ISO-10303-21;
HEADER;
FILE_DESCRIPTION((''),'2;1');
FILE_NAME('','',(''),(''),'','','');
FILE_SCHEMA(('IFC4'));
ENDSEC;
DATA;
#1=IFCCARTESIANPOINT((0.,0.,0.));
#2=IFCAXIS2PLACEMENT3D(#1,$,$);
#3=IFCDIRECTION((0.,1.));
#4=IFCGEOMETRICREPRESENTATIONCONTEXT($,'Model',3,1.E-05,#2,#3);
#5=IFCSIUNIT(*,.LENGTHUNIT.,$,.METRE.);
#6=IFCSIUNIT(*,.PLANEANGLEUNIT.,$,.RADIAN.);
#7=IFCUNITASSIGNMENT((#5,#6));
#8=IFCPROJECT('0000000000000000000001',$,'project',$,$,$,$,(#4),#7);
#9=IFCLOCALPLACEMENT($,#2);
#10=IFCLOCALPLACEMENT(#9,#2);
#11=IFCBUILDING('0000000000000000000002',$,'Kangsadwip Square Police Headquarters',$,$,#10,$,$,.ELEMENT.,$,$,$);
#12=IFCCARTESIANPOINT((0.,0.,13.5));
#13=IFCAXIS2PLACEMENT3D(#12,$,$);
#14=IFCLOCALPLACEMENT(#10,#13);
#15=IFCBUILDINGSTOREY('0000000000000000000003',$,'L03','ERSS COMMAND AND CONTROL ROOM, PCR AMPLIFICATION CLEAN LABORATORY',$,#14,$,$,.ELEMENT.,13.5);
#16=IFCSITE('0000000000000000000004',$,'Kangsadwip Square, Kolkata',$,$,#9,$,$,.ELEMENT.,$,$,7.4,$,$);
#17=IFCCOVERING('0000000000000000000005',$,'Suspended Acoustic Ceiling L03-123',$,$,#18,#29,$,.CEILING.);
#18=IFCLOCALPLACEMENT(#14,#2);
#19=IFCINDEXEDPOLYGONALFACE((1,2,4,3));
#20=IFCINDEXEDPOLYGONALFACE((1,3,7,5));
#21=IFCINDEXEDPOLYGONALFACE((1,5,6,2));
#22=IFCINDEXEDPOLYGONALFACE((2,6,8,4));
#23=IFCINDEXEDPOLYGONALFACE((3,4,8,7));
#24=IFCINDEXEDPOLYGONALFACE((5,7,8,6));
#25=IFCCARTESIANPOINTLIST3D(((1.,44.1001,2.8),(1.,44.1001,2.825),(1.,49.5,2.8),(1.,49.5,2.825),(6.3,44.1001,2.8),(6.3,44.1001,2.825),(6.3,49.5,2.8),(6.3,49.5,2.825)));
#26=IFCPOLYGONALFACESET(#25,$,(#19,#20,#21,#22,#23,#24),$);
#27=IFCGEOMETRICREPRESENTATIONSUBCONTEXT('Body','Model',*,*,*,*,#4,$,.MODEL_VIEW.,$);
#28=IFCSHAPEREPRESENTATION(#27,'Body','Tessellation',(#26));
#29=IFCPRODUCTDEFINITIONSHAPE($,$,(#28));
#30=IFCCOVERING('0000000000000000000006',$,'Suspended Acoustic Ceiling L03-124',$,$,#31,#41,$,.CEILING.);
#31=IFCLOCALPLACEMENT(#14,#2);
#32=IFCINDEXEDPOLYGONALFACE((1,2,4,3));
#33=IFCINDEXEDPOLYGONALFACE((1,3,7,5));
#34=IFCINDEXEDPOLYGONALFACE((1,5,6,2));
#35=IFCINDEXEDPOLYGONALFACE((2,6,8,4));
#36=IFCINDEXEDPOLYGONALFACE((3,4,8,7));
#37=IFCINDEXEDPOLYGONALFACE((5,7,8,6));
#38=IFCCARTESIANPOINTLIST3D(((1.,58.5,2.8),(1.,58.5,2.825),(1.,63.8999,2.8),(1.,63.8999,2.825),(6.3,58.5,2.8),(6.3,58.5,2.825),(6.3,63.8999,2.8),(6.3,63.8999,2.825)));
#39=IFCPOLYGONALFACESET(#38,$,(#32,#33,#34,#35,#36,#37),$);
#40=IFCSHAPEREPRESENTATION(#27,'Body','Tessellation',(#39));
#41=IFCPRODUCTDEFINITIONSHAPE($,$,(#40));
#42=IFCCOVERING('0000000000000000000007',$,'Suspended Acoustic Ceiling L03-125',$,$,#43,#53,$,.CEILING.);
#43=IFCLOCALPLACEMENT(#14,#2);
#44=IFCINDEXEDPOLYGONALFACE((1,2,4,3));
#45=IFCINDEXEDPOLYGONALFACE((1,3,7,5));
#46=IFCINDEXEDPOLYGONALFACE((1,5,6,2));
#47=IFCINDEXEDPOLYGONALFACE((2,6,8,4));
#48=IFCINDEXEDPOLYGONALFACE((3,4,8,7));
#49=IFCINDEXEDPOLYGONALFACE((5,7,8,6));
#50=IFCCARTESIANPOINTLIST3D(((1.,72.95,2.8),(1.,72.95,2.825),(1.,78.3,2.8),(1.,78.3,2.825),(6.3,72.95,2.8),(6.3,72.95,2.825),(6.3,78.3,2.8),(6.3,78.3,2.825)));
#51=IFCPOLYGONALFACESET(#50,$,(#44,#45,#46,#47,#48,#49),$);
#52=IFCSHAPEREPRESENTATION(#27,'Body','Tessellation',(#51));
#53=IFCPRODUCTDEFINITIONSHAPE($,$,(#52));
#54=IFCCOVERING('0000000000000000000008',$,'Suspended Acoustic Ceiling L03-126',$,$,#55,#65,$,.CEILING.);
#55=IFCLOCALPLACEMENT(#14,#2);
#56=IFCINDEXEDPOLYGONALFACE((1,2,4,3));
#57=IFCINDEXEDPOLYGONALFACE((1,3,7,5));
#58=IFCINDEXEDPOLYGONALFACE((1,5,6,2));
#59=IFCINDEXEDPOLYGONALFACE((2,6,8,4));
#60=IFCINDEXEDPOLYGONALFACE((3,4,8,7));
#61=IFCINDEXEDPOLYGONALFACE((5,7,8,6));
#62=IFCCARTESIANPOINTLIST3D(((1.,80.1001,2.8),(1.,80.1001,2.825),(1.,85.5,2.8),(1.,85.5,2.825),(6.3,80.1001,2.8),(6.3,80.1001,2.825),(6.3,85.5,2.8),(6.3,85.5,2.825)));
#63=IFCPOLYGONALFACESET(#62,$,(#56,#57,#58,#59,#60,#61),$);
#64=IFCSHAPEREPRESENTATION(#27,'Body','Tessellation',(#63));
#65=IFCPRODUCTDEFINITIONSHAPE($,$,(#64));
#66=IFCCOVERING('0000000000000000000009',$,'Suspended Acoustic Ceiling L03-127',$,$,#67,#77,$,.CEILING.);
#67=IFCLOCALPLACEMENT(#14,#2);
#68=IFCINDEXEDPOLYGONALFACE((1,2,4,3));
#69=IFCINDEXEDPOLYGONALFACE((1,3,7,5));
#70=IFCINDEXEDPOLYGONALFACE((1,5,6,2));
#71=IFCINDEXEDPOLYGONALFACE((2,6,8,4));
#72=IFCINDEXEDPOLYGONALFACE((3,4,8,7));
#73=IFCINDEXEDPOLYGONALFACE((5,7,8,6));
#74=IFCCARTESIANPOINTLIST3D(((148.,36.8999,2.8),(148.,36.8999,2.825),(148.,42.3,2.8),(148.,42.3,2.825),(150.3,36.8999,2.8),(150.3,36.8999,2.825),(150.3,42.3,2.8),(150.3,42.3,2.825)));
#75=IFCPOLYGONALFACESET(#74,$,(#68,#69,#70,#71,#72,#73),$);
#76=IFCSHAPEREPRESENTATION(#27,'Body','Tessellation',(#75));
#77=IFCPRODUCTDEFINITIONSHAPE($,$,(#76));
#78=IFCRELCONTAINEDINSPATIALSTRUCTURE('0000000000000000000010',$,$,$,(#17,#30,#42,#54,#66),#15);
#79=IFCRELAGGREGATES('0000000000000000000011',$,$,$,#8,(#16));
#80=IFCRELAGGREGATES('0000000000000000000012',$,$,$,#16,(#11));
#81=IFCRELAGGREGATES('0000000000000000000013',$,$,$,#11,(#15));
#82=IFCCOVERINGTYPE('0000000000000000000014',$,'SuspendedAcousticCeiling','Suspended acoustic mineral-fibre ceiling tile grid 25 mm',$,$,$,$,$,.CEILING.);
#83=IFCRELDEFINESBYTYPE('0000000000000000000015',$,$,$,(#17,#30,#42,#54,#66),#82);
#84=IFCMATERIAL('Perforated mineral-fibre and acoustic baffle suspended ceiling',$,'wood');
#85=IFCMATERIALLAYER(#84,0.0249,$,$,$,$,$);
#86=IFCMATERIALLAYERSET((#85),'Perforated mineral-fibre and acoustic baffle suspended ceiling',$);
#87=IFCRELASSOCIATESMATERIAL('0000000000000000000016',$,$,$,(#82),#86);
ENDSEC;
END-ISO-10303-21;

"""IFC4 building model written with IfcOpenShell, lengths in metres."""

from ifc_helpers import new_model, si_unit, direction, frame, origin, place, context, subcontext, project, spatial, polyline, outline, extrude, material, layer, layer_set, type_object, element, save


model = new_model("IFC4")

# Units and contexts
model_context = context("Model", 3, precision=1e-05, world=origin(), true_north=direction((0.0, 1.0)))
body_context = subcontext(model_context, "Body", "Model", "MODEL_VIEW")
ifc_project = project(units=[si_unit("LENGTHUNIT", "METRE"), si_unit("PLANEANGLEUNIT", "RADIAN")], contexts=[model_context])

# Site, building, storey
site_placement = place(None, origin())
site = spatial("IfcSite", under=ifc_project, at=site_placement, Name="Kangsadwip Square, Kolkata", CompositionType="ELEMENT", RefElevation=7.4)
building_placement = place(site_placement, origin())
building = spatial("IfcBuilding", under=site, at=building_placement, Name="Kangsadwip Square Police Headquarters", CompositionType="ELEMENT")
storey_placement = place(building_placement, frame((0.0, 0.0, 13.5)))
storey = spatial("IfcBuildingStorey", under=building, at=storey_placement, Name="L03", Description="ERSS COMMAND AND CONTROL ROOM, PCR AMPLIFICATION CLEAN LABORATORY", CompositionType="ELEMENT", Elevation=13.5)

# Coverings
ifc_material_1 = material(Name="Perforated mineral-fibre and acoustic baffle suspended ceiling", Category="wood")
ifc_layer_1 = layer(ifc_material_1, 0.0249)
ifc_layer_set_1 = layer_set([ifc_layer_1], Name="Perforated mineral-fibre and acoustic baffle suspended ceiling")
covering_type_1 = type_object("IfcCoveringType", Name="SuspendedAcousticCeiling", Description="Suspended acoustic mineral-fibre ceiling tile grid 25 mm", PredefinedType="CEILING", material=ifc_layer_set_1)
covering_1_placement = place(storey_placement, frame((0.0, 0.0, 2.8)))
element("IfcCovering", 1, at=covering_1_placement, inside=storey, type_object=covering_type_1, Name="Suspended Acoustic Ceiling L03-123", PredefinedType="CEILING", context=body_context, shape_type="SweptSolid", body=[
    extrude(outline(polyline([(1.0, 44.1001), (6.3, 44.1001), (6.3, 49.5), (1.0, 49.5), (1.0, 44.1001)])), origin(), (0.0, 0.0, 1.0), 0.0249),
])
covering_2_placement = place(storey_placement, frame((0.0, 0.0, 2.8)))
element("IfcCovering", 2, at=covering_2_placement, inside=storey, type_object=covering_type_1, Name="Suspended Acoustic Ceiling L03-124", PredefinedType="CEILING", context=body_context, shape_type="SweptSolid", body=[
    extrude(outline(polyline([(1.0, 58.5), (6.3, 58.5), (6.3, 63.8999), (1.0, 63.8999), (1.0, 58.5)])), origin(), (0.0, 0.0, 1.0), 0.0249),
])
covering_3_placement = place(storey_placement, frame((0.0, 0.0, 2.8)))
element("IfcCovering", 3, at=covering_3_placement, inside=storey, type_object=covering_type_1, Name="Suspended Acoustic Ceiling L03-125", PredefinedType="CEILING", context=body_context, shape_type="SweptSolid", body=[
    extrude(outline(polyline([(1.0, 72.95), (6.3, 72.95), (6.3, 78.3), (1.0, 78.3), (1.0, 72.95)])), origin(), (0.0, 0.0, 1.0), 0.0249),
])
covering_4_placement = place(storey_placement, frame((0.0, 0.0, 2.8)))
element("IfcCovering", 4, at=covering_4_placement, inside=storey, type_object=covering_type_1, Name="Suspended Acoustic Ceiling L03-126", PredefinedType="CEILING", context=body_context, shape_type="SweptSolid", body=[
    extrude(outline(polyline([(1.0, 80.1001), (6.3, 80.1001), (6.3, 85.5), (1.0, 85.5), (1.0, 80.1001)])), origin(), (0.0, 0.0, 1.0), 0.0249),
])
covering_5_placement = place(storey_placement, frame((0.0, 0.0, 2.8)))
element("IfcCovering", 5, at=covering_5_placement, inside=storey, type_object=covering_type_1, Name="Suspended Acoustic Ceiling L03-127", PredefinedType="CEILING", context=body_context, shape_type="SweptSolid", body=[
    extrude(outline(polyline([(148.0, 36.8999), (150.3, 36.8999), (150.3, 42.3), (148.0, 42.3), (148.0, 36.8999)])), origin(), (0.0, 0.0, 1.0), 0.0249),
])

save(model, "model.ifc")
